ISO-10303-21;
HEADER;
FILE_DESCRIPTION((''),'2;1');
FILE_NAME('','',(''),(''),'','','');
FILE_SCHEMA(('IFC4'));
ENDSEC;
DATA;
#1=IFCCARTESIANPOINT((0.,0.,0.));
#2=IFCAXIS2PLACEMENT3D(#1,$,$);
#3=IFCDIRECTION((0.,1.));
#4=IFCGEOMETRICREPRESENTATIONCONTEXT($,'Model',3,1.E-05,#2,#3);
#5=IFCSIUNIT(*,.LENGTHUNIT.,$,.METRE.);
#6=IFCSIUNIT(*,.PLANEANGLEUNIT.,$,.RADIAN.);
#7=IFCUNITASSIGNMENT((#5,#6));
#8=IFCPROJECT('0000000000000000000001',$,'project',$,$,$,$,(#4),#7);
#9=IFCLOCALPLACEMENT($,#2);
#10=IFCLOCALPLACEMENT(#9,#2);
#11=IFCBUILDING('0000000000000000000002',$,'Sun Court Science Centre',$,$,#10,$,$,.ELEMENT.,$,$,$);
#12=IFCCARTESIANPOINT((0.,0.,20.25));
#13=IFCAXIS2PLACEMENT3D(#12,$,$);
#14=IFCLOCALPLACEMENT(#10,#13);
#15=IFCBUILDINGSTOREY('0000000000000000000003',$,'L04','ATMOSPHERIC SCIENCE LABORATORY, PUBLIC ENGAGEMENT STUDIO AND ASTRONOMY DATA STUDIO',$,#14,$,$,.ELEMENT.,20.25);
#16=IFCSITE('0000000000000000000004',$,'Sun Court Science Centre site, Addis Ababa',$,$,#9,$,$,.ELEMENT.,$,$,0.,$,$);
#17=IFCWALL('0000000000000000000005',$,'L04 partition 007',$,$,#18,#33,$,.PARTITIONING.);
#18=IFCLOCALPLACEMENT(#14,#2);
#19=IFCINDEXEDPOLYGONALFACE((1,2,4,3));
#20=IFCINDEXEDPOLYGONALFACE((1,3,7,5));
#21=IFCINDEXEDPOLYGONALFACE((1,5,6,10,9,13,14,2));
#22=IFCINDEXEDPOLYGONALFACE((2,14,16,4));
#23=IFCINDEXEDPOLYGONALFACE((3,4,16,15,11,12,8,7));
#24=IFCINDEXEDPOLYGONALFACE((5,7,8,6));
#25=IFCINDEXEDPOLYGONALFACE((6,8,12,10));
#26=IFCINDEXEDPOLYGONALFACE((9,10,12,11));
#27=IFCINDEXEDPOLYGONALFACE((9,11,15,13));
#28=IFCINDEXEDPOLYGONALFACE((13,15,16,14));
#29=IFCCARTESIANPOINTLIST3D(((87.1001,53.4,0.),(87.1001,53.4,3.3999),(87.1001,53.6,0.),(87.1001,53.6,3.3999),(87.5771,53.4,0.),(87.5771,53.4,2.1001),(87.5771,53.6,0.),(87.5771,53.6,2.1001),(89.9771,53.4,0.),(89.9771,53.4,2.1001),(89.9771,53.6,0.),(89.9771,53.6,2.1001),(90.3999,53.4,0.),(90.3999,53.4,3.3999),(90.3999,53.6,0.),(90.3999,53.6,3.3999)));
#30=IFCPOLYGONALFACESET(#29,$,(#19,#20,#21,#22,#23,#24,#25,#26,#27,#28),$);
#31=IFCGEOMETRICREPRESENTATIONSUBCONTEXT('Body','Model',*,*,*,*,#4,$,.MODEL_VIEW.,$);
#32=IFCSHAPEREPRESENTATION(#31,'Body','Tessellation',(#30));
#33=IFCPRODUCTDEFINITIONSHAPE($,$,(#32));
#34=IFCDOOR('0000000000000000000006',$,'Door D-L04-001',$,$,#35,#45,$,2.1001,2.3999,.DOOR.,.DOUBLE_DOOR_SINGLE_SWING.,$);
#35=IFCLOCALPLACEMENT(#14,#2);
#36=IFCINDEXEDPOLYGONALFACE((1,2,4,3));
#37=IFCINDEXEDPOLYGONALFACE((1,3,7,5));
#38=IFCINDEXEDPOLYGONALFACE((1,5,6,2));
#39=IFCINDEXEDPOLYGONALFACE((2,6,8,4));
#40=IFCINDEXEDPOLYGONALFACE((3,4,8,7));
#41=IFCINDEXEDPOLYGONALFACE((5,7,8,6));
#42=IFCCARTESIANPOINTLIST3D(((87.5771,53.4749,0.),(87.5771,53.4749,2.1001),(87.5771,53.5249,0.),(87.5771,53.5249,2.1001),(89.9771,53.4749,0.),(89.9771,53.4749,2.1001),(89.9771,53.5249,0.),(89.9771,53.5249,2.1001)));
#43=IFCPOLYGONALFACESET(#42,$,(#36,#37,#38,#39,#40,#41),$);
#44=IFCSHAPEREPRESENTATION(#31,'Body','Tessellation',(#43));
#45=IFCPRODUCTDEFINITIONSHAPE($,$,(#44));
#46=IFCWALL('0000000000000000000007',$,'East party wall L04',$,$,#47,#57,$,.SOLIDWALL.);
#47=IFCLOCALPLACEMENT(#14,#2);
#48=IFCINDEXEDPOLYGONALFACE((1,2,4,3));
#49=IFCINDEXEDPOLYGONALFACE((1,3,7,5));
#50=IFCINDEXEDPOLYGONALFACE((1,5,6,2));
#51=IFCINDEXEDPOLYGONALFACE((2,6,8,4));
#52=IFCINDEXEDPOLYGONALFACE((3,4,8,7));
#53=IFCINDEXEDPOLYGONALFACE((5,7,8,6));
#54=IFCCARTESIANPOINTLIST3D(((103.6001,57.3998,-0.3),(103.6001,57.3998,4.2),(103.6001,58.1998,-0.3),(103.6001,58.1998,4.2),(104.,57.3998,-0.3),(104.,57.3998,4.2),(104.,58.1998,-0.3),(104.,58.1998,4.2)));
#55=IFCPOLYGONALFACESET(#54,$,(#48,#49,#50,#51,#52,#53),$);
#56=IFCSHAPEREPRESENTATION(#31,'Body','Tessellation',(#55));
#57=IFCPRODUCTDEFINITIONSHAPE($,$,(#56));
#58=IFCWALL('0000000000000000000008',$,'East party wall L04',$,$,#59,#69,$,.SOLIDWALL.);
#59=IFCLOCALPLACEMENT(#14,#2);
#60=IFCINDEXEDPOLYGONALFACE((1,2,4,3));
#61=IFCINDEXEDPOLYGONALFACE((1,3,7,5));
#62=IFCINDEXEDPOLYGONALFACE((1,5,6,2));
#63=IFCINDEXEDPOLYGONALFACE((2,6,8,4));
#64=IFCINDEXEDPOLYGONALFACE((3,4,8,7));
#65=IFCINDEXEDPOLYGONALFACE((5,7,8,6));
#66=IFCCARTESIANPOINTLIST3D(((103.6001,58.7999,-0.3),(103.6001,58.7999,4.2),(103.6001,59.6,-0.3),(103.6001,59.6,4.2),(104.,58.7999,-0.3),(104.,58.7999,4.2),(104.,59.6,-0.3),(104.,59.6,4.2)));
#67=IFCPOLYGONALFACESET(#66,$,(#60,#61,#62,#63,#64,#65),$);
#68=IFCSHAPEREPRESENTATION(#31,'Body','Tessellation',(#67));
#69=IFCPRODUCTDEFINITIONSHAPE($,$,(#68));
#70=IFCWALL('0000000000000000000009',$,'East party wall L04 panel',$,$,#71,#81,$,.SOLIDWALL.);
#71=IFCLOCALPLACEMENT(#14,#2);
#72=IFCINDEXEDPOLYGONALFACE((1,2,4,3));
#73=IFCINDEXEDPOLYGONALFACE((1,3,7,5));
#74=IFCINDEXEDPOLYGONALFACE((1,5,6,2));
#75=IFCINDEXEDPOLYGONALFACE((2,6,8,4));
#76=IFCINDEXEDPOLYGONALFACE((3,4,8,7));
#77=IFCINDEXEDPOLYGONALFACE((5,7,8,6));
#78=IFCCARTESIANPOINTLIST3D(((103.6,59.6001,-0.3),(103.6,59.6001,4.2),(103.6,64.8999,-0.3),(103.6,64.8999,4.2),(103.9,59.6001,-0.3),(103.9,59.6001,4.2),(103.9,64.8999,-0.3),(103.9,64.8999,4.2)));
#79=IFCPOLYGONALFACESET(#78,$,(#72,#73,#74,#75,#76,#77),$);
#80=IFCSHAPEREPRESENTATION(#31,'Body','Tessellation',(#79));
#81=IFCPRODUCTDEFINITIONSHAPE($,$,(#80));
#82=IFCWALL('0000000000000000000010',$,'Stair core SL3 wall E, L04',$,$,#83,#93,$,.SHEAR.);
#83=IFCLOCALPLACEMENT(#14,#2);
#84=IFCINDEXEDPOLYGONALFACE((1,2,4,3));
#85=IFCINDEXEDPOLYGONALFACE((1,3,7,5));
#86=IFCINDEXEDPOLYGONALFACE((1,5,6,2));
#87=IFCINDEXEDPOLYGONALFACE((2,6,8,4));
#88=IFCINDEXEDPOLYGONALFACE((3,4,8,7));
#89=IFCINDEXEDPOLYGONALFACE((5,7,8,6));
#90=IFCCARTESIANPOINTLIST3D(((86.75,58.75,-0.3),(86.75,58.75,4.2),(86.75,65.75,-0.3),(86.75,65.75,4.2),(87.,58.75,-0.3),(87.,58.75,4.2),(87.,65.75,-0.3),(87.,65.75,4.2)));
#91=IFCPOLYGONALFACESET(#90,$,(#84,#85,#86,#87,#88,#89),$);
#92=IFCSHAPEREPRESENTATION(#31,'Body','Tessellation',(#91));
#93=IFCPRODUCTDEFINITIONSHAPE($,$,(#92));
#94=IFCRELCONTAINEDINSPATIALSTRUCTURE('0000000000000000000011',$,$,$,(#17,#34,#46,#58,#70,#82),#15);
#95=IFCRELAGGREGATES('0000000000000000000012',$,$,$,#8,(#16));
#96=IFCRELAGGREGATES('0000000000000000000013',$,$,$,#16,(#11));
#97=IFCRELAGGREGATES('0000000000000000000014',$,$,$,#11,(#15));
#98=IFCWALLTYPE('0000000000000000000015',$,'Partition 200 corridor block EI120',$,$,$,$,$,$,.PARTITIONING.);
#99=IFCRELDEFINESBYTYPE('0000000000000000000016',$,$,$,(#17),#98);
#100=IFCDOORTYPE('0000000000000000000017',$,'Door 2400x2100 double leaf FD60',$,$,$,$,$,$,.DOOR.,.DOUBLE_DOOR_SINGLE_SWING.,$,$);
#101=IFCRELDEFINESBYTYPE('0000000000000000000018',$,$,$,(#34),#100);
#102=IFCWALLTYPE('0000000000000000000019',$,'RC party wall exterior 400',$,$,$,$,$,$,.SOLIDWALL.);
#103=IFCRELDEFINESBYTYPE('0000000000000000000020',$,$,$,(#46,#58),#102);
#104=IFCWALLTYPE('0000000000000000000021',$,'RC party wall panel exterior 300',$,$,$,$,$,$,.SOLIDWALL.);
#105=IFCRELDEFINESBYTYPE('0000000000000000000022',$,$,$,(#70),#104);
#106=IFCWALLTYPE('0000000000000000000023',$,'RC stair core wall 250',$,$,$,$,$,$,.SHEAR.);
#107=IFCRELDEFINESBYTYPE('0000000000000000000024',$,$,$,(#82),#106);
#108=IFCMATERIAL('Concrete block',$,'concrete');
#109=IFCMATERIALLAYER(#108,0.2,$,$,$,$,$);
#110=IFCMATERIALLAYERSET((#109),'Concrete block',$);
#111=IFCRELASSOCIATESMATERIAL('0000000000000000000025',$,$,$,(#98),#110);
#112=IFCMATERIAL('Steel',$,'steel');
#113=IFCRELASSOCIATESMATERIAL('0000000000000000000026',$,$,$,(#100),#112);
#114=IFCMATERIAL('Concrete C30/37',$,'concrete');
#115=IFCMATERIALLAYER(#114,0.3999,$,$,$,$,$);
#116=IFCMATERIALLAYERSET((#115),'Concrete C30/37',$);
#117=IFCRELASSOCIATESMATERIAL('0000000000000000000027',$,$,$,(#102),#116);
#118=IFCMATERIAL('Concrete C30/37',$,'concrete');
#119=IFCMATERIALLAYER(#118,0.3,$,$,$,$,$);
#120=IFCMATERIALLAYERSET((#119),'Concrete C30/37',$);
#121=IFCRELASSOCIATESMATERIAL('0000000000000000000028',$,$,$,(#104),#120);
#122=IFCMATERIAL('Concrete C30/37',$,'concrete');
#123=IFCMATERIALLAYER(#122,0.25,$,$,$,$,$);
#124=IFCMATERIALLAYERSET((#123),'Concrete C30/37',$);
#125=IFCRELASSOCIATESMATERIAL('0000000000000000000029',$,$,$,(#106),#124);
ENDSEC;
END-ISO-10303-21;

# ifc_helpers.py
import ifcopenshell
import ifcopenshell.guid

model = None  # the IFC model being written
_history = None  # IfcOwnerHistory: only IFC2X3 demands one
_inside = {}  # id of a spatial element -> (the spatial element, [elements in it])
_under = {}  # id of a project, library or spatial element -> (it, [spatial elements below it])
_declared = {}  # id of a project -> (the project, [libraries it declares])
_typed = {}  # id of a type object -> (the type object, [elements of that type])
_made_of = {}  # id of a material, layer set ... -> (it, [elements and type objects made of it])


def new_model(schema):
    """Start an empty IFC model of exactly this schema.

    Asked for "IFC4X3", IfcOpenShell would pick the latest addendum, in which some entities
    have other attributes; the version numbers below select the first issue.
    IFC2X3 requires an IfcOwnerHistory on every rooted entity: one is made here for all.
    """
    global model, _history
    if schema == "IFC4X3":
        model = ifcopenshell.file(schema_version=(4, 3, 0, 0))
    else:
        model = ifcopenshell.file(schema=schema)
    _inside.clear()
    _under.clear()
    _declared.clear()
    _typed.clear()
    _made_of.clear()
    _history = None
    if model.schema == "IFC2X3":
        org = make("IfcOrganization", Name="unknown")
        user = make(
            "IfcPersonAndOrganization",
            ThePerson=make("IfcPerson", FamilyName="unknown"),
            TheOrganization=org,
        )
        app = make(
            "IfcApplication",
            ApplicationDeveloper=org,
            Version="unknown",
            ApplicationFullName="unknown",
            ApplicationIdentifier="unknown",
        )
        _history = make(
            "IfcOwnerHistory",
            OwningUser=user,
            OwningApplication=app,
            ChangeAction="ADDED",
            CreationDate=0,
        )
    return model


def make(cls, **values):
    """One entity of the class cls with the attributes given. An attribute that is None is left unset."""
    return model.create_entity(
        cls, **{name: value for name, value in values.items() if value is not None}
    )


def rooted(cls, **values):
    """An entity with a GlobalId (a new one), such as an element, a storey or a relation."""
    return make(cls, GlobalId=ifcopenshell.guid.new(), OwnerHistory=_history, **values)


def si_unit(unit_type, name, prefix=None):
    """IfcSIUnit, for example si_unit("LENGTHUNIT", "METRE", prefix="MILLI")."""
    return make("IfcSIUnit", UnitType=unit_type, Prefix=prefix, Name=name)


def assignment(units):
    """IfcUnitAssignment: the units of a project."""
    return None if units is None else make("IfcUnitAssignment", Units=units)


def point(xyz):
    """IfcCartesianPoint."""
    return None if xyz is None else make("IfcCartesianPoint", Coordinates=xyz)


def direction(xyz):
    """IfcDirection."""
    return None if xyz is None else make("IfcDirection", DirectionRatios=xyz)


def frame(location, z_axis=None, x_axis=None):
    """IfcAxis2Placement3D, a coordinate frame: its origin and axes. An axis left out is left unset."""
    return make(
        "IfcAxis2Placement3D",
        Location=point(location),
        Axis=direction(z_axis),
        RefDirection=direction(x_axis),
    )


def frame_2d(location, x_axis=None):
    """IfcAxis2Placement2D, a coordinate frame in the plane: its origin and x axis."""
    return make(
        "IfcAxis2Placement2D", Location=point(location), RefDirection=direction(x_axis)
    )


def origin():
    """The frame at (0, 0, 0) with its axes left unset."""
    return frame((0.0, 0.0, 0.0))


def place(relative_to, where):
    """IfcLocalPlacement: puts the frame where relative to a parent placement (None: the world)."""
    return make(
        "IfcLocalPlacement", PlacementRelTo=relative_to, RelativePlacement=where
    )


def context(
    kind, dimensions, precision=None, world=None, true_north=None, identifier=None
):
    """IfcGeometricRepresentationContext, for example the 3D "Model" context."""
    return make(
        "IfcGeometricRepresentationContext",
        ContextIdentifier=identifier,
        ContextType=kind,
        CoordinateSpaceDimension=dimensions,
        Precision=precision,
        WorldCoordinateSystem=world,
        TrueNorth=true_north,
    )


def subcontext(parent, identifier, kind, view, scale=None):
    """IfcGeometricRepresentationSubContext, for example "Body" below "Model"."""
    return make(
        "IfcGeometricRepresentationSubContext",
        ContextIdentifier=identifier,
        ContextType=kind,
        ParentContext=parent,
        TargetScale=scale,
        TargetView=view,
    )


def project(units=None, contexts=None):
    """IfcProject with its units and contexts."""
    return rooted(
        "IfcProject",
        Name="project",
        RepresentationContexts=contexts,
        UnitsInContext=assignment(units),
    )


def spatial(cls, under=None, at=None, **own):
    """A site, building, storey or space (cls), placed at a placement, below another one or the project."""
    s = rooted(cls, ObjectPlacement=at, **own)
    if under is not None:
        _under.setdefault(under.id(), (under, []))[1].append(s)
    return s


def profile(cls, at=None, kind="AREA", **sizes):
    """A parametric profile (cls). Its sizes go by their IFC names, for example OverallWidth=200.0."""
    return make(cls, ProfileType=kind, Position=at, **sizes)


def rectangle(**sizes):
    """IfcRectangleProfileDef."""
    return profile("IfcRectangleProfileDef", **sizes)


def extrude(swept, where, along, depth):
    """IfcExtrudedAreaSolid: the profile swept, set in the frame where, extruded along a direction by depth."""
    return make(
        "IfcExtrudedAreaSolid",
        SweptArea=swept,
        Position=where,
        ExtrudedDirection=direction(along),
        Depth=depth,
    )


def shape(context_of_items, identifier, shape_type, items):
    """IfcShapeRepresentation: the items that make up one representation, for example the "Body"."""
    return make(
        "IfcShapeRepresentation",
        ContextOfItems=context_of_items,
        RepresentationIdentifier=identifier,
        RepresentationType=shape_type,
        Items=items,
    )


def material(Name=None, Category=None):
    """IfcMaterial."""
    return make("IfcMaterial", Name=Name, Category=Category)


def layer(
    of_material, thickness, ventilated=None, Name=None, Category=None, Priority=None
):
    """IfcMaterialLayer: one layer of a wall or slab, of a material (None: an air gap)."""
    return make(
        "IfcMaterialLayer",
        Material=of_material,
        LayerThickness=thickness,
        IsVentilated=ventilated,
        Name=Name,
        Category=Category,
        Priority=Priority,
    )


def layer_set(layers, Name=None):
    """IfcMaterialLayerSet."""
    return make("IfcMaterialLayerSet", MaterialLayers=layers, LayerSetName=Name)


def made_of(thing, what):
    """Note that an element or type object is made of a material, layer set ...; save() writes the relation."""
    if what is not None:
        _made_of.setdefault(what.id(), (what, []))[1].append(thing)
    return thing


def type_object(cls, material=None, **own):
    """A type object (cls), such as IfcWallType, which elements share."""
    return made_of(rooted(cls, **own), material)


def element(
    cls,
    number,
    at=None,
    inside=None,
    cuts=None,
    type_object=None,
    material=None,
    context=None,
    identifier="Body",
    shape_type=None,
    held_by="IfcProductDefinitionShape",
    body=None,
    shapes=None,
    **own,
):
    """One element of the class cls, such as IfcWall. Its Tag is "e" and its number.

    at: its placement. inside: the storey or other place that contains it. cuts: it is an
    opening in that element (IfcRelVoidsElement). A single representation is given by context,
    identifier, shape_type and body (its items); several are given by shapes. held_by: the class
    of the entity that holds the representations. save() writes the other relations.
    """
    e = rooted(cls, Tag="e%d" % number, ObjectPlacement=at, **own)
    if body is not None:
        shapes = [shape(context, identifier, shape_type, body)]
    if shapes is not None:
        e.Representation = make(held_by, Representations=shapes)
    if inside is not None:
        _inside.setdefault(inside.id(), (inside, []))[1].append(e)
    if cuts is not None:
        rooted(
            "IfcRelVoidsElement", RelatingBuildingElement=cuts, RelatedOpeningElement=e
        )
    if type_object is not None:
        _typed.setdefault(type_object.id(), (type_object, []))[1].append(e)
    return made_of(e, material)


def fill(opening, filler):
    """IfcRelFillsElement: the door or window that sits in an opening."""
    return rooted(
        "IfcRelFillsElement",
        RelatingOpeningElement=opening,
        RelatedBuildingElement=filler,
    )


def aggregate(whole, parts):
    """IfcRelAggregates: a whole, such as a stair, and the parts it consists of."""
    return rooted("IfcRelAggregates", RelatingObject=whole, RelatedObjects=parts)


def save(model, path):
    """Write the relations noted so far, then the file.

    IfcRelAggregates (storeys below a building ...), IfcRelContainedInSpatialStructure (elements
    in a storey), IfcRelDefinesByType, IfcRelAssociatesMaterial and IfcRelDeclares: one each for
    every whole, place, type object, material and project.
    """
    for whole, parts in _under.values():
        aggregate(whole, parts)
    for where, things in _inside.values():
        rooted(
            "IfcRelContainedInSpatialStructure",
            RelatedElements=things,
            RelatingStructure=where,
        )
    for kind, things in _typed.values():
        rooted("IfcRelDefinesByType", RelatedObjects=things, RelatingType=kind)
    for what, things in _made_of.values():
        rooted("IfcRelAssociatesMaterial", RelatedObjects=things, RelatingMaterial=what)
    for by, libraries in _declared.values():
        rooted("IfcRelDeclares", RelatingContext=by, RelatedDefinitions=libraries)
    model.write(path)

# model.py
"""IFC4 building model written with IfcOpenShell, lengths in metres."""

from ifc_helpers import new_model, si_unit, direction, frame, frame_2d, origin, place, context, subcontext, project, spatial, rectangle, extrude, material, layer, layer_set, type_object, element, fill, save


model = new_model("IFC4")

# Units and contexts
model_context = context("Model", 3, precision=1e-05, world=origin(), true_north=direction((0.0, 1.0)))
body_context = subcontext(model_context, "Body", "Model", "MODEL_VIEW")
ifc_project = project(units=[si_unit("LENGTHUNIT", "METRE"), si_unit("PLANEANGLEUNIT", "RADIAN")], contexts=[model_context])

# Site, building, storey
site_placement = place(None, origin())
site = spatial("IfcSite", under=ifc_project, at=site_placement, Name="Sun Court Science Centre site, Addis Ababa", CompositionType="ELEMENT", RefElevation=0.0)
building_placement = place(site_placement, origin())
building = spatial("IfcBuilding", under=site, at=building_placement, Name="Sun Court Science Centre", CompositionType="ELEMENT")
storey_placement = place(building_placement, frame((0.0, 0.0, 20.25)))
storey = spatial("IfcBuildingStorey", under=building, at=storey_placement, Name="L04", Description="ATMOSPHERIC SCIENCE LABORATORY, PUBLIC ENGAGEMENT STUDIO AND ASTRONOMY DATA STUDIO", CompositionType="ELEMENT", Elevation=20.25)

# Wall, opening, door
ifc_material_1 = material(Name="Concrete block", Category="concrete")
ifc_layer_1 = layer(ifc_material_1, 0.2)
ifc_layer_set_1 = layer_set([ifc_layer_1], Name="Concrete block")
wall_type_1 = type_object("IfcWallType", Name="Partition 200 corridor block EI120", PredefinedType="PARTITIONING", material=ifc_layer_set_1)
wall_1_placement = place(storey_placement, frame((87.1001, 53.5, 0.0), z_axis=(0.0, 0.0, 1.0), x_axis=(1.0, 0.0, 0.0)))
wall_1 = element("IfcWall", 1, at=wall_1_placement, inside=storey, type_object=wall_type_1, Name="L04 partition 007", PredefinedType="PARTITIONING", context=body_context, shape_type="SweptSolid", body=[
    extrude(rectangle(XDim=3.2998, YDim=0.2, at=frame_2d((1.6499, 0.0))), origin(), (0.0, 0.0, 1.0), 3.3999),
])
opening_placement = place(wall_1_placement, frame((0.4771, 0.0, 0.0)))
opening = element("IfcOpeningElement", 2, at=opening_placement, cuts=wall_1, PredefinedType="OPENING", context=body_context, shape_type="SweptSolid", body=[
    extrude(rectangle(XDim=2.3999, YDim=2.1001, at=frame_2d((1.2, 1.05))), frame((0.0, 0.1099, 0.0), z_axis=(0.0, -1.0, 0.0), x_axis=(1.0, 0.0, 0.0)), (0.0, 0.0, 1.0), 0.22),
])
ifc_material_2 = material(Name="Steel", Category="steel")
door_type = type_object("IfcDoorType", Name="Door 2400x2100 double leaf FD60", OperationType="DOUBLE_DOOR_SINGLE_SWING", PredefinedType="DOOR", material=ifc_material_2)
door_placement = place(opening_placement, origin())
door = element("IfcDoor", 3, at=door_placement, inside=storey, type_object=door_type, Name="Door D-L04-001", OperationType="DOUBLE_DOOR_SINGLE_SWING", OverallHeight=2.1001, OverallWidth=2.3999, PredefinedType="DOOR", context=body_context, shape_type="SweptSolid", body=[
    extrude(rectangle(XDim=2.3999, YDim=2.1001, at=frame_2d((1.2, 1.05))), frame((0.0, 0.0249, 0.0), z_axis=(0.0, -1.0, 0.0), x_axis=(1.0, 0.0, 0.0)), (0.0, 0.0, 1.0), 0.05),
])
fill(opening, door)

# Walls
ifc_material_3 = material(Name="Concrete C30/37", Category="concrete")
ifc_layer_2 = layer(ifc_material_3, 0.3999)
ifc_layer_set_2 = layer_set([ifc_layer_2], Name="Concrete C30/37")
wall_type_2 = type_object("IfcWallType", Name="RC party wall exterior 400", PredefinedType="SOLIDWALL", material=ifc_layer_set_2)
for number, where, z_axis, x_axis, name in (
    (4, (103.8, 57.3999, -0.3), (0.0, 0.0, 1.0), (0.0, 1.0, 0.0), "East party wall L04"),
    (5, (103.8, 58.8, -0.3), (0.0, 0.0, 1.0), (0.0, 1.0, 0.0), "East party wall L04"),
):
    element("IfcWall", number, at=place(storey_placement, frame(where, z_axis=z_axis, x_axis=x_axis)), inside=storey, type_object=wall_type_2, Name=name, PredefinedType="SOLIDWALL", context=body_context, shape_type="SweptSolid", body=[
        extrude(rectangle(XDim=0.8, YDim=0.3999, at=frame_2d((0.3999, 0.0))), origin(), (0.0, 0.0, 1.0), 4.5),
    ])
ifc_material_4 = material(Name="Concrete C30/37", Category="concrete")
ifc_layer_3 = layer(ifc_material_4, 0.3)
ifc_layer_set_3 = layer_set([ifc_layer_3], Name="Concrete C30/37")
wall_type_3 = type_object("IfcWallType", Name="RC party wall panel exterior 300", PredefinedType="SOLIDWALL", material=ifc_layer_set_3)
wall_2_placement = place(storey_placement, frame((103.75, 59.6001, -0.3), z_axis=(0.0, 0.0, 1.0), x_axis=(0.0, 1.0, 0.0)))
element("IfcWall", 6, at=wall_2_placement, inside=storey, type_object=wall_type_3, Name="East party wall L04 panel", PredefinedType="SOLIDWALL", context=body_context, shape_type="SweptSolid", body=[
    extrude(rectangle(XDim=5.2998, YDim=0.3, at=frame_2d((2.6499, 0.0))), origin(), (0.0, 0.0, 1.0), 4.5),
])
ifc_material_5 = material(Name="Concrete C30/37", Category="concrete")
ifc_layer_4 = layer(ifc_material_5, 0.25)
ifc_layer_set_4 = layer_set([ifc_layer_4], Name="Concrete C30/37")
wall_type_4 = type_object("IfcWallType", Name="RC stair core wall 250", PredefinedType="SHEAR", material=ifc_layer_set_4)
wall_3_placement = place(storey_placement, frame((86.875, 58.75, -0.3), z_axis=(0.0, 0.0, 1.0), x_axis=(0.0, 1.0, 0.0)))
element("IfcWall", 7, at=wall_3_placement, inside=storey, type_object=wall_type_4, Name="Stair core SL3 wall E, L04", PredefinedType="SHEAR", context=body_context, shape_type="SweptSolid", body=[
    extrude(rectangle(XDim=7.0, YDim=0.25, at=frame_2d((3.5, 0.0))), origin(), (0.0, 0.0, 1.0), 4.5),
])

save(model, "model.ifc")
